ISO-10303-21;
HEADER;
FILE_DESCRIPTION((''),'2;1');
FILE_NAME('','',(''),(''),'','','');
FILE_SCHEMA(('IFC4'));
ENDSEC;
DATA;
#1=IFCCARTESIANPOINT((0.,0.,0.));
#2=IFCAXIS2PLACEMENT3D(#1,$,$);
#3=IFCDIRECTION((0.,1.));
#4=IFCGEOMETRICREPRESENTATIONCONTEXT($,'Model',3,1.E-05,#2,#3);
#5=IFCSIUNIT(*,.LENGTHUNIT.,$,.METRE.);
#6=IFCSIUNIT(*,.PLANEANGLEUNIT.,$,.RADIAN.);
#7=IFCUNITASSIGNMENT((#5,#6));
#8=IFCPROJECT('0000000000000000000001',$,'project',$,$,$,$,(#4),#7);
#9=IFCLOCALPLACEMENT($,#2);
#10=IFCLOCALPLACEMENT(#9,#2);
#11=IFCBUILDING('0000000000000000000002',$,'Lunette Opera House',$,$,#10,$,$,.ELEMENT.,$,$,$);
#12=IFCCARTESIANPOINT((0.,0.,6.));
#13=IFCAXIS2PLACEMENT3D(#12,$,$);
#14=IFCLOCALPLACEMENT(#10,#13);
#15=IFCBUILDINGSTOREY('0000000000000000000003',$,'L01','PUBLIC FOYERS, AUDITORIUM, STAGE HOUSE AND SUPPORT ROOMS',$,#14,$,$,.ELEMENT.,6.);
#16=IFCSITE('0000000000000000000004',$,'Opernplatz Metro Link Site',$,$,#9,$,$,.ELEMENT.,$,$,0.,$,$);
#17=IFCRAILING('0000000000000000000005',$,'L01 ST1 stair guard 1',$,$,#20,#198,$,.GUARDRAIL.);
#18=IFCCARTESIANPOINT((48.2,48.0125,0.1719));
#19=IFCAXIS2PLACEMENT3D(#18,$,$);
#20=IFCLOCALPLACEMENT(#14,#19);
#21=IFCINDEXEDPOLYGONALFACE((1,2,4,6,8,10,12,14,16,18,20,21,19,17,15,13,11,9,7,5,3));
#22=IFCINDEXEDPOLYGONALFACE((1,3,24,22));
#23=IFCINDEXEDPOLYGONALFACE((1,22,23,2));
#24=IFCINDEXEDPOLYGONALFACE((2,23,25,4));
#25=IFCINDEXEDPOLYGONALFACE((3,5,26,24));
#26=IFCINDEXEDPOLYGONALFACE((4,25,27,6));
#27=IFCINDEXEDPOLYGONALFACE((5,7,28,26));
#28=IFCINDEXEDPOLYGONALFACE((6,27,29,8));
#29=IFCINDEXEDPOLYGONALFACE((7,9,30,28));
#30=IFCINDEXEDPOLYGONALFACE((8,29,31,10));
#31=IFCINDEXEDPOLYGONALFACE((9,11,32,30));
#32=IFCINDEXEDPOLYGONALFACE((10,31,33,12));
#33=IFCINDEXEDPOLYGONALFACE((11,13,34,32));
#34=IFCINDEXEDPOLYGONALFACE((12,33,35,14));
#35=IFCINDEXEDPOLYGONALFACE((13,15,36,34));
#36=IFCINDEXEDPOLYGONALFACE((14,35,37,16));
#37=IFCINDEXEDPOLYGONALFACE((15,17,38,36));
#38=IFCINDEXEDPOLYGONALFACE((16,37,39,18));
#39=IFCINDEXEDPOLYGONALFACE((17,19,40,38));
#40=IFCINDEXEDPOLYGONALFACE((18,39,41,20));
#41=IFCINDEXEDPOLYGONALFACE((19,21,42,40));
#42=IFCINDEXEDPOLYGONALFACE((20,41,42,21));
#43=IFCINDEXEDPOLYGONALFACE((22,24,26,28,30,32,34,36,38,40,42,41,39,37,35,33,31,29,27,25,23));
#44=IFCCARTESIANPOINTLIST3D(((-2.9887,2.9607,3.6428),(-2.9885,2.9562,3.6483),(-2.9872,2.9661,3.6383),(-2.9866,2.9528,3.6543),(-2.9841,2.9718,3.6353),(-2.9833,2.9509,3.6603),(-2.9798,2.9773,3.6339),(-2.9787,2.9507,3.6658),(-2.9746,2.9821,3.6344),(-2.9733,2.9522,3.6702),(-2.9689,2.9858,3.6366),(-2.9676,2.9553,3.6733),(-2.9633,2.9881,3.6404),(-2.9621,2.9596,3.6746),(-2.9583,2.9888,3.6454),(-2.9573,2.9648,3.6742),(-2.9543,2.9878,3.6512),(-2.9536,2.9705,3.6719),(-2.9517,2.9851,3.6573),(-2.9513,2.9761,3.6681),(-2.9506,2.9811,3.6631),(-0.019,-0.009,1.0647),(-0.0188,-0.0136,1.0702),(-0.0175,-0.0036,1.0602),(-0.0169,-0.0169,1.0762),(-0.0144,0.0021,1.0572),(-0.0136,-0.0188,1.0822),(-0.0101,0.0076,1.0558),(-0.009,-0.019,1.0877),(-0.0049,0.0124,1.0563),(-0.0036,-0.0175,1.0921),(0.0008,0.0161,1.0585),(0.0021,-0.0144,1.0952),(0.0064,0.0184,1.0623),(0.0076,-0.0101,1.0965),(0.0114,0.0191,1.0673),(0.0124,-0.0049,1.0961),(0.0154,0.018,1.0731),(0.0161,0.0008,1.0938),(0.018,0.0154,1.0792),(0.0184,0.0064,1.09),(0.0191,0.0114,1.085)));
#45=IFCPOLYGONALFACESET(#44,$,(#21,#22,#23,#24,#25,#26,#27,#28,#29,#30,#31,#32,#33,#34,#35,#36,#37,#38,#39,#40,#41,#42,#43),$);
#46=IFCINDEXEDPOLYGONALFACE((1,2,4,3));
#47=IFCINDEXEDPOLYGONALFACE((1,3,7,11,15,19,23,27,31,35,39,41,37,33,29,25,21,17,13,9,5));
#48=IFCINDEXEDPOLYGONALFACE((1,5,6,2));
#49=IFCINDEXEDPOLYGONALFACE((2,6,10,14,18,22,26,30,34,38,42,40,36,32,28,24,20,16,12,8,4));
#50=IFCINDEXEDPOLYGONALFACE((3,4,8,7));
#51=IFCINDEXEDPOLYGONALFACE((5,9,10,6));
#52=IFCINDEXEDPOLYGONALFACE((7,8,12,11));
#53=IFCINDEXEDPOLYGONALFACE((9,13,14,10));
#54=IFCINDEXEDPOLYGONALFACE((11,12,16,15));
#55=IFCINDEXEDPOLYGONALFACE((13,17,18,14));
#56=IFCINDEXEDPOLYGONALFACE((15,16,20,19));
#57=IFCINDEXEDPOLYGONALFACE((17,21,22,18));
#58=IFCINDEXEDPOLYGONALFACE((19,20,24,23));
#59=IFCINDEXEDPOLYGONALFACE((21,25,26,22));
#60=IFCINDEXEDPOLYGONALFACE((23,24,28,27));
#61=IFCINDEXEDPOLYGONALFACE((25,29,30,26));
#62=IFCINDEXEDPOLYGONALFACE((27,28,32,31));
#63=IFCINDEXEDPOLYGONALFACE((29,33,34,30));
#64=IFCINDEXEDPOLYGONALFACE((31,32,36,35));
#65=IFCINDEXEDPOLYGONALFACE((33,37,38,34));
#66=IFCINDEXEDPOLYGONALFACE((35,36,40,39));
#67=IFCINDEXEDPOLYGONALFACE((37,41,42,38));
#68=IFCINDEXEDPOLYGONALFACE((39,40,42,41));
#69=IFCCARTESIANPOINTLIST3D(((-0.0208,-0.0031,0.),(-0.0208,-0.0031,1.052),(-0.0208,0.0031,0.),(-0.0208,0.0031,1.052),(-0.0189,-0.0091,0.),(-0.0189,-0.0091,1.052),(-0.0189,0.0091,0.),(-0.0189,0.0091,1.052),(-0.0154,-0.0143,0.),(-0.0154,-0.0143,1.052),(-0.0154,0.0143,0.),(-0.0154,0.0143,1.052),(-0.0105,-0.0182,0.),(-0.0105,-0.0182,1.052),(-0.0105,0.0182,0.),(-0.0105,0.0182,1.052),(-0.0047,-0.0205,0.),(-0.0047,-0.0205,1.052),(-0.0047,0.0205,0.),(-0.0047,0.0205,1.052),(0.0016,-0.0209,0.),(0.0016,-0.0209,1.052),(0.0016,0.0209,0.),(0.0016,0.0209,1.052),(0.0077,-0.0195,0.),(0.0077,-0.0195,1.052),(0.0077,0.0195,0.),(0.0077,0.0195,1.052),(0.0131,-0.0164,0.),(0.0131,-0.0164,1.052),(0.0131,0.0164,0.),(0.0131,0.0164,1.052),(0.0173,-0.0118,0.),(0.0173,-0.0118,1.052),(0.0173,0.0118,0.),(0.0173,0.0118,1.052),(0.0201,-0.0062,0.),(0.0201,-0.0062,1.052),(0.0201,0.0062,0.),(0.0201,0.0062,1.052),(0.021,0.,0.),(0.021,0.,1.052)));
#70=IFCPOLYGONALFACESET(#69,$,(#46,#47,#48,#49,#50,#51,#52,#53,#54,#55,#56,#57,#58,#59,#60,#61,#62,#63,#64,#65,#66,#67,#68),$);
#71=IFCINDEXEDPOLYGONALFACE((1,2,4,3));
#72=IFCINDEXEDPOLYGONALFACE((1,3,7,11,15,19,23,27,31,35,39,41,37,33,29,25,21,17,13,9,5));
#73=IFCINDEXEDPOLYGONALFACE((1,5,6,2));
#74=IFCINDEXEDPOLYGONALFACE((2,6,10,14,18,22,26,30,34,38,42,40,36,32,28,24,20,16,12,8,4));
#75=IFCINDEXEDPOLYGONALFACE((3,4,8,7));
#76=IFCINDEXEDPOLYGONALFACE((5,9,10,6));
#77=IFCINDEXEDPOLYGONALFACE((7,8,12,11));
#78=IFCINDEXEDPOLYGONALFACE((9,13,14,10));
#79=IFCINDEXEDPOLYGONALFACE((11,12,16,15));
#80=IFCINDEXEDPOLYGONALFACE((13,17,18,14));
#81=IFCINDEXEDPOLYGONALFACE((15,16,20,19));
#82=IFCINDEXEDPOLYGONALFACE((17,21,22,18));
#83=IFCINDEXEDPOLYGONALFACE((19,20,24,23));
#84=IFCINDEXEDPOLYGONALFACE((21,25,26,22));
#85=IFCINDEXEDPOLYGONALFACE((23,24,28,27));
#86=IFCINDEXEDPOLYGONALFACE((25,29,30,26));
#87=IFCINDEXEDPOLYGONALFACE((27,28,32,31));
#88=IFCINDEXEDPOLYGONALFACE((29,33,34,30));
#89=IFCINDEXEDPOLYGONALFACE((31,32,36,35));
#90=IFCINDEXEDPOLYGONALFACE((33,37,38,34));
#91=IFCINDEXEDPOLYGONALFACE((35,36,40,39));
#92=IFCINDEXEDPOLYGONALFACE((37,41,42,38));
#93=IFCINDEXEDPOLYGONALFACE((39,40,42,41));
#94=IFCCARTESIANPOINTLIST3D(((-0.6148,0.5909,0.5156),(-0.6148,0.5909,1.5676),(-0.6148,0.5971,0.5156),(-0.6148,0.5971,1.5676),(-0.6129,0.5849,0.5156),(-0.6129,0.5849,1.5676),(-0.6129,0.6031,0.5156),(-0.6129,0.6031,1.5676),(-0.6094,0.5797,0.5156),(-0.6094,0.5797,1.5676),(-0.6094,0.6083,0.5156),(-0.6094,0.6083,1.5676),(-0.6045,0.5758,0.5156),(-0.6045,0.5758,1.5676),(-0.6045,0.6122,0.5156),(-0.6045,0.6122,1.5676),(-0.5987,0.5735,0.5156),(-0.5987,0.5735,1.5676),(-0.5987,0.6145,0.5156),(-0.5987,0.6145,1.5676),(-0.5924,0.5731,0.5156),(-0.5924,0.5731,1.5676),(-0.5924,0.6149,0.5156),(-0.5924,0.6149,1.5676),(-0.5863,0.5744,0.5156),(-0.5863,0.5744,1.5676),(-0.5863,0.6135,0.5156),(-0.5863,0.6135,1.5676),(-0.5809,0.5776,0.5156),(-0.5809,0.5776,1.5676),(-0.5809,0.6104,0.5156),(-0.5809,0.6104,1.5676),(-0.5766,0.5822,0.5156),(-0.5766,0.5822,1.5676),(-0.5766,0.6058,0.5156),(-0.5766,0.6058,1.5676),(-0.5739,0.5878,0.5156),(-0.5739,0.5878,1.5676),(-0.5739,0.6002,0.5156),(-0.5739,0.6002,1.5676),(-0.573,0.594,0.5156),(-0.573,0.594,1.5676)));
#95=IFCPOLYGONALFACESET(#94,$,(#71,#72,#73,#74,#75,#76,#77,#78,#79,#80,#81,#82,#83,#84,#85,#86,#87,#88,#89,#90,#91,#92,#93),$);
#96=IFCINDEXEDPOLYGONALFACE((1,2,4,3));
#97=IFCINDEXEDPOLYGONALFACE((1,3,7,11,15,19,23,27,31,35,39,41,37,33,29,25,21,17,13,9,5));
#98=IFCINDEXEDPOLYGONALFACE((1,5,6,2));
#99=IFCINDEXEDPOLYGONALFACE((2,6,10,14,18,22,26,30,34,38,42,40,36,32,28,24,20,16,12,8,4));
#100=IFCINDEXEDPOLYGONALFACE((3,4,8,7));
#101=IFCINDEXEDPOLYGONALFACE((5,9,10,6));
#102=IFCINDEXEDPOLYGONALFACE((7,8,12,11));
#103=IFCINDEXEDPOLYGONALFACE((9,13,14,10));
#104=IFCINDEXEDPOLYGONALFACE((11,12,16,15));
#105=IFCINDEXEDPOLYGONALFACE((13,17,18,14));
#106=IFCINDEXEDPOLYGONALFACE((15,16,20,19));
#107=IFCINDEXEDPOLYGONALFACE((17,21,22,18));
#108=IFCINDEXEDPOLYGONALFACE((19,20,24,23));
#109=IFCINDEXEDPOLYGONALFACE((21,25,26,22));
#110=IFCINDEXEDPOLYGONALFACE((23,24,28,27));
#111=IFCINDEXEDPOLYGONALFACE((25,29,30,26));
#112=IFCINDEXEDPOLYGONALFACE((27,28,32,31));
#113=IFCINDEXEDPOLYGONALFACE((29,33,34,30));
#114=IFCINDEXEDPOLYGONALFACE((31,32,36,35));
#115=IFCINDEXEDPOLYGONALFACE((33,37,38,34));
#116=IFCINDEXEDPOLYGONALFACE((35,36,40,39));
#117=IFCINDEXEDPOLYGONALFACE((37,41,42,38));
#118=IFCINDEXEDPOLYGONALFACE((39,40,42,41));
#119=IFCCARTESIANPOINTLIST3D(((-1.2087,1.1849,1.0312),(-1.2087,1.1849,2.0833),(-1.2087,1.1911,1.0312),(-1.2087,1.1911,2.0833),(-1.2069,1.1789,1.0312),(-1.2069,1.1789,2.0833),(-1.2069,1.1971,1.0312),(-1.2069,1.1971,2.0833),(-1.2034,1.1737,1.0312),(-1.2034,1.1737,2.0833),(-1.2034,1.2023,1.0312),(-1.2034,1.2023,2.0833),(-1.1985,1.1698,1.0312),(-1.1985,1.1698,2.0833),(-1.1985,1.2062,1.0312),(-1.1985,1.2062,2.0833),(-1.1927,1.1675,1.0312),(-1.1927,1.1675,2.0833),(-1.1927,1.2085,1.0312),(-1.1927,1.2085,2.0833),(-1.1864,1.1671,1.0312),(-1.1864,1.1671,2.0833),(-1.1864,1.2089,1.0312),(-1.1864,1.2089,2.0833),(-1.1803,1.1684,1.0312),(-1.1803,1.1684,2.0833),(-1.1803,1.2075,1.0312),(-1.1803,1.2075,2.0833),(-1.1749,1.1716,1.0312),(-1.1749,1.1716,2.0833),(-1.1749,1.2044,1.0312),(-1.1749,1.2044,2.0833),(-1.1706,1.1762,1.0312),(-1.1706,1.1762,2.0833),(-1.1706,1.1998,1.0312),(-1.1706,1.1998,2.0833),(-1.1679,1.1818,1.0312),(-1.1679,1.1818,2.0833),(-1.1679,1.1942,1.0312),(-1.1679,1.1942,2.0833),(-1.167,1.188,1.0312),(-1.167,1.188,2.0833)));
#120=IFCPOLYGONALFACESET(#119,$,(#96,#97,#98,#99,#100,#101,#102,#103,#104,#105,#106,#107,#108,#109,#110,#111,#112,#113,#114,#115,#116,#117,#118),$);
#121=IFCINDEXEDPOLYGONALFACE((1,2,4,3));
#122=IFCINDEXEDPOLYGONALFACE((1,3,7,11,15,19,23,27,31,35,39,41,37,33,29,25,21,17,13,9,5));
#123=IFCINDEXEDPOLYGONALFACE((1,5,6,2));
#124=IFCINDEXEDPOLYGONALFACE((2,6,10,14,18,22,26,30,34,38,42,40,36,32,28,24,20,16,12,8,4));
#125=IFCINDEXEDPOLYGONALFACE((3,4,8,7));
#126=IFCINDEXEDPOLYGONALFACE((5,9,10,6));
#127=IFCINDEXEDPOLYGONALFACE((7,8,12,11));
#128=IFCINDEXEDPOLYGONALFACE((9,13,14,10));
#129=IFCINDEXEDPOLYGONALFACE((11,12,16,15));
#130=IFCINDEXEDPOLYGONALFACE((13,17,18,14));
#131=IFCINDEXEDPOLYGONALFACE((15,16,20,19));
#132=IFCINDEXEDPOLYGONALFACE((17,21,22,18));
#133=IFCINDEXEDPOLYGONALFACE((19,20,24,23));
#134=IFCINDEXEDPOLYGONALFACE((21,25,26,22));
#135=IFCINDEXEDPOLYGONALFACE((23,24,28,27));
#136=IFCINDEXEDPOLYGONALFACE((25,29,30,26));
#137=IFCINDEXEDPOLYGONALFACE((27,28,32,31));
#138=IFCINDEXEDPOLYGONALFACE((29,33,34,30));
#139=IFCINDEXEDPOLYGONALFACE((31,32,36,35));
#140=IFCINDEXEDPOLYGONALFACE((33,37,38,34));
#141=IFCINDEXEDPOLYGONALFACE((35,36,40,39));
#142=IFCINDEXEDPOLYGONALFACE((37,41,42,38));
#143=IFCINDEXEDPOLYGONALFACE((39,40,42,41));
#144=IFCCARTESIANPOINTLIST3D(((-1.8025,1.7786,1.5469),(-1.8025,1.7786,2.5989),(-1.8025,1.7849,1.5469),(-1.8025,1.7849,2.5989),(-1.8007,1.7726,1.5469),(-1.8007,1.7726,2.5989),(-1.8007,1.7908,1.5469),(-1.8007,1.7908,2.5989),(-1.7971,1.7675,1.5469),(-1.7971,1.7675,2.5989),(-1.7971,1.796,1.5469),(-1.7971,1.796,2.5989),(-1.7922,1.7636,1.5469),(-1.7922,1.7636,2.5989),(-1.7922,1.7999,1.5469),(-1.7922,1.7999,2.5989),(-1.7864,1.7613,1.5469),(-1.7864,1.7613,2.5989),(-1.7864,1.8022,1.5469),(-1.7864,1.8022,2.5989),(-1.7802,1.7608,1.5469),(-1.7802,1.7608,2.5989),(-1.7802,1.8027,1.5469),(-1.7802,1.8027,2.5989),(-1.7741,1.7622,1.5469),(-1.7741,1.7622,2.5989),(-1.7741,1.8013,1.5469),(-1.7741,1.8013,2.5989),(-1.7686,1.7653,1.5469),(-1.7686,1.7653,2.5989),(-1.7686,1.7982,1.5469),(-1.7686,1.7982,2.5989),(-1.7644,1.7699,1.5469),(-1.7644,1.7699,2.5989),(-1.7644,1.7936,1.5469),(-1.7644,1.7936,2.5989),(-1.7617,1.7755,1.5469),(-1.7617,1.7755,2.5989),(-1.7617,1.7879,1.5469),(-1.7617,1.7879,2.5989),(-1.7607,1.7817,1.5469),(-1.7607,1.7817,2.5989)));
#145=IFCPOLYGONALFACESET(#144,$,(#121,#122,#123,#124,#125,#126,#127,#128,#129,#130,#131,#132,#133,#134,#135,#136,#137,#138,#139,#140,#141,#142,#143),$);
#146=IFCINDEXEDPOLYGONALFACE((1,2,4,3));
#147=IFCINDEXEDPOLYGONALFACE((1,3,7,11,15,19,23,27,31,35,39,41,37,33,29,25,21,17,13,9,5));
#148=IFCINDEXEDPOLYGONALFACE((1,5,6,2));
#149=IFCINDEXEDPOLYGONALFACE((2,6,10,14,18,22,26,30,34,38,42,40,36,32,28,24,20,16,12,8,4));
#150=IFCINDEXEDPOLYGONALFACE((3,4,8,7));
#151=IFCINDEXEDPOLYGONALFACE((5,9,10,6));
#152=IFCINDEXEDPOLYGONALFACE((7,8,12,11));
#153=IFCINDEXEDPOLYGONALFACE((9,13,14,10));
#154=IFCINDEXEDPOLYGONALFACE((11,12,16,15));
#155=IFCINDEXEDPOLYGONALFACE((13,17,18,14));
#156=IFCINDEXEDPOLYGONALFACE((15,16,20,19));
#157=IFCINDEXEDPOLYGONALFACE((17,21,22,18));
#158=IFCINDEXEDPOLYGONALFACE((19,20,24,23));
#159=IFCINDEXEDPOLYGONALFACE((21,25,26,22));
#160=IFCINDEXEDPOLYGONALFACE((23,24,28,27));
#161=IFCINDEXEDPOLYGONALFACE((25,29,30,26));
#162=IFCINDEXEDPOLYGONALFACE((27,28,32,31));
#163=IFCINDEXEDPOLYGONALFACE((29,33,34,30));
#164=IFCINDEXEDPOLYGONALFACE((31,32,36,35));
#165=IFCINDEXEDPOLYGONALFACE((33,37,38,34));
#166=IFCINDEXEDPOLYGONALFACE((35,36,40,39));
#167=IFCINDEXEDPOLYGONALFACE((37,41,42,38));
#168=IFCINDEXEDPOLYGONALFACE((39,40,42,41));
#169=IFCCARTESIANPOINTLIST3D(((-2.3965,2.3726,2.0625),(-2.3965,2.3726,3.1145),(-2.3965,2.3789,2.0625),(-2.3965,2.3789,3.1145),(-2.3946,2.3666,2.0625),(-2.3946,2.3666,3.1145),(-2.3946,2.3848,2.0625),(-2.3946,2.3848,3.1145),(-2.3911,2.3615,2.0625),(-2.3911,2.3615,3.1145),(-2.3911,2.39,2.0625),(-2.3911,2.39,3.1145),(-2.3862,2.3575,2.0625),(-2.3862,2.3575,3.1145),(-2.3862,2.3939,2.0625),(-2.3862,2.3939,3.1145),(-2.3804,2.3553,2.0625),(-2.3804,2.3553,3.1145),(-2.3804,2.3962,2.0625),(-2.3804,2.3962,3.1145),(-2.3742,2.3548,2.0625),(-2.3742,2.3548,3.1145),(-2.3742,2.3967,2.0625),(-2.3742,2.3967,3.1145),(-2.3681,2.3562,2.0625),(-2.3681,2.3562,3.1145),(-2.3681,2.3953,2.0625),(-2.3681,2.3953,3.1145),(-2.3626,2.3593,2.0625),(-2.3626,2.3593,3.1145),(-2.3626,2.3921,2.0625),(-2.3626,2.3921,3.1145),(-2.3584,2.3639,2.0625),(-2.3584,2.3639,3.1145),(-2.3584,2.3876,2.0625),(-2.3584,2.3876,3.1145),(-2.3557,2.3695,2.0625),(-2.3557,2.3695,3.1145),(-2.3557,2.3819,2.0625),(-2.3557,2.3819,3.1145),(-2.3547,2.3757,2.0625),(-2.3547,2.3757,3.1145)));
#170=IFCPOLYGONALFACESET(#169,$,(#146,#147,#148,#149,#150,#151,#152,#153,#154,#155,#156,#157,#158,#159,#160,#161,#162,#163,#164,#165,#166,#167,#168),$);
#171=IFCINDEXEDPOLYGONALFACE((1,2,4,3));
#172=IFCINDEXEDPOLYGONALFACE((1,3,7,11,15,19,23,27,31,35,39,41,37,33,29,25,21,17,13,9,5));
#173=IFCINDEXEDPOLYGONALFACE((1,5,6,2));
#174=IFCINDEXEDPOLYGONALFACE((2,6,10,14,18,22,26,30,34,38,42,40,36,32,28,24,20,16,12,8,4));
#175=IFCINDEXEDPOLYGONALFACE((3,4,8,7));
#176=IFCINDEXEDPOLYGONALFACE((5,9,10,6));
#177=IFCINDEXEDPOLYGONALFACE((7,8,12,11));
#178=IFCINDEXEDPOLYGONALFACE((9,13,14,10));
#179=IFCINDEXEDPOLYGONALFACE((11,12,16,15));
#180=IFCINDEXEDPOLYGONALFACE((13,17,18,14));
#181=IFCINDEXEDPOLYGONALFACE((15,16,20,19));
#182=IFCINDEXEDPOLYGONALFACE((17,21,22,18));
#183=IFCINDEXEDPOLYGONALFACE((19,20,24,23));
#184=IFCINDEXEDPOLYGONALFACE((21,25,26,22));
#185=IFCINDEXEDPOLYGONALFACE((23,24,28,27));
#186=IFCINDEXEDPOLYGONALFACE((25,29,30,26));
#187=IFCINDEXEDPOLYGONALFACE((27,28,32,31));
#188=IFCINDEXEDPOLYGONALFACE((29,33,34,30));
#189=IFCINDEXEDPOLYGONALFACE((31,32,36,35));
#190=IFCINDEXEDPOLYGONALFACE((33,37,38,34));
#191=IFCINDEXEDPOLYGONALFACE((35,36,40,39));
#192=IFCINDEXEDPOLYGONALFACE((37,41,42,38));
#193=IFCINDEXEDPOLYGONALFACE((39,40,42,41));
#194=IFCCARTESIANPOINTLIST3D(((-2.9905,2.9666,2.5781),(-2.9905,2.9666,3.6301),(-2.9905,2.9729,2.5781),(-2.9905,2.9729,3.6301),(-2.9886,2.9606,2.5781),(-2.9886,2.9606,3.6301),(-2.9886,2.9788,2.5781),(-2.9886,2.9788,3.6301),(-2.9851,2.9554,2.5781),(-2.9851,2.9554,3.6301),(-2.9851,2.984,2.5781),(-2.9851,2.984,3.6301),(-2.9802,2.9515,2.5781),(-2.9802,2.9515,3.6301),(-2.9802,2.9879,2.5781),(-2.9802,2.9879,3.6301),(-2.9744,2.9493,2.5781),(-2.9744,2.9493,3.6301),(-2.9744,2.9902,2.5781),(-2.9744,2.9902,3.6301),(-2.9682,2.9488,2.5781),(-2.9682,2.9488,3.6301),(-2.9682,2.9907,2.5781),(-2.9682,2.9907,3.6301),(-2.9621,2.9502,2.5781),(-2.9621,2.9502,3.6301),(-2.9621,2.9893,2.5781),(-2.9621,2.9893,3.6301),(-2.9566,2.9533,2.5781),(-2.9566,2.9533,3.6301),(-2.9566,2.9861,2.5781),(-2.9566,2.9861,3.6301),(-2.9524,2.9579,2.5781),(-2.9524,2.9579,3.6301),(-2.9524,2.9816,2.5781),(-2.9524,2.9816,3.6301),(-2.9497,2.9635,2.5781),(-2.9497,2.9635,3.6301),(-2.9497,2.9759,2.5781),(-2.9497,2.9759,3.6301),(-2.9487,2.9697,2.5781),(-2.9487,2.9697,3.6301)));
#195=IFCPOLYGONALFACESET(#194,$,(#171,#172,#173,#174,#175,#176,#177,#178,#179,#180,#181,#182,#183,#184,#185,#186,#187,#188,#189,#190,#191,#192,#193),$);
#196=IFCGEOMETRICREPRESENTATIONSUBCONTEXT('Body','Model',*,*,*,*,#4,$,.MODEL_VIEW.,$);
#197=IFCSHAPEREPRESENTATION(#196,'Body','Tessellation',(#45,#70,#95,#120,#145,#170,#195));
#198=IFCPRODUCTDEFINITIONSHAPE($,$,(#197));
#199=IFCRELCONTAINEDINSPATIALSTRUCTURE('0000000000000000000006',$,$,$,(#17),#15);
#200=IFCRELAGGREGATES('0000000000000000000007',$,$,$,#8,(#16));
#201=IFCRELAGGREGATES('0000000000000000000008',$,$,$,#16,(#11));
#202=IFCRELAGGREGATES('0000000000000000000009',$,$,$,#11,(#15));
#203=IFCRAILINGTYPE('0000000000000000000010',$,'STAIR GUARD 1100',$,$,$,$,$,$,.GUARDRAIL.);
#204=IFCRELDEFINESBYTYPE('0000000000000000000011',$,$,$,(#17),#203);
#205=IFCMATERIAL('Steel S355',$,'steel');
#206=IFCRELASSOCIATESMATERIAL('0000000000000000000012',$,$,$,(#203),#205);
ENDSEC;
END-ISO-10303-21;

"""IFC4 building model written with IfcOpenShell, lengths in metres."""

from ifc_helpers import new_model, si_unit, direction, frame, origin, origin_2d, place, context, subcontext, project, spatial, circle, extrude, material, type_object, element, save


model = new_model("IFC4")

# Units and contexts
model_context = context("Model", 3, precision=1e-05, world=origin(), true_north=direction((0.0, 1.0)))
body_context = subcontext(model_context, "Body", "Model", "MODEL_VIEW")
ifc_project = project(units=[si_unit("LENGTHUNIT", "METRE"), si_unit("PLANEANGLEUNIT", "RADIAN")], contexts=[model_context])

# Site, building, storey
site_placement = place(None, origin())
site = spatial("IfcSite", under=ifc_project, at=site_placement, Name="Opernplatz Metro Link Site", CompositionType="ELEMENT", RefElevation=0.0)
building_placement = place(site_placement, origin())
building = spatial("IfcBuilding", under=site, at=building_placement, Name="Lunette Opera House", CompositionType="ELEMENT")
storey_placement = place(building_placement, frame((0.0, 0.0, 6.0)))
storey = spatial("IfcBuildingStorey", under=building, at=storey_placement, Name="L01", Description="PUBLIC FOYERS, AUDITORIUM, STAGE HOUSE AND SUPPORT ROOMS", CompositionType="ELEMENT", Elevation=6.0)

# Railing
ifc_material_1 = material(Name="Steel S355", Category="steel")
railing_type_1 = type_object("IfcRailingType", Name="STAIR GUARD 1100", PredefinedType="GUARDRAIL", material=ifc_material_1)
railing_1_placement = place(storey_placement, frame((48.2, 48.0125, 0.1719)))
element("IfcRailing", 1, at=railing_1_placement, inside=storey, type_object=railing_type_1, Name="L01 ST1 stair guard 1", PredefinedType="GUARDRAIL", context=body_context, shape_type="SweptSolid", body=[
    extrude(circle(Radius=0.0239, at=origin_2d()), frame((0.0, 0.0, 1.0762), z_axis=(-0.602622, 0.602622, 0.523157), x_axis=(-0.707107, -0.707107, 0.0)), (0.0, 0.0, 1.0), 4.928),
    extrude(circle(Radius=0.021, at=origin_2d()), origin(), (0.0, 0.0, 1.0), 1.052),
    extrude(circle(Radius=0.021, at=origin_2d()), frame((-0.594, 0.594, 0.5156)), (0.0, 0.0, 1.0), 1.052),
    extrude(circle(Radius=0.021, at=origin_2d()), frame((-1.188, 1.188, 1.0312)), (0.0, 0.0, 1.0), 1.052),
    extrude(circle(Radius=0.021, at=origin_2d()), frame((-1.7817, 1.7817, 1.5469)), (0.0, 0.0, 1.0), 1.052),
    extrude(circle(Radius=0.021, at=origin_2d()), frame((-2.3757, 2.3757, 2.0625)), (0.0, 0.0, 1.0), 1.052),
    extrude(circle(Radius=0.021, at=origin_2d()), frame((-2.9697, 2.9697, 2.5781)), (0.0, 0.0, 1.0), 1.052),
])

save(model, "model.ifc")
